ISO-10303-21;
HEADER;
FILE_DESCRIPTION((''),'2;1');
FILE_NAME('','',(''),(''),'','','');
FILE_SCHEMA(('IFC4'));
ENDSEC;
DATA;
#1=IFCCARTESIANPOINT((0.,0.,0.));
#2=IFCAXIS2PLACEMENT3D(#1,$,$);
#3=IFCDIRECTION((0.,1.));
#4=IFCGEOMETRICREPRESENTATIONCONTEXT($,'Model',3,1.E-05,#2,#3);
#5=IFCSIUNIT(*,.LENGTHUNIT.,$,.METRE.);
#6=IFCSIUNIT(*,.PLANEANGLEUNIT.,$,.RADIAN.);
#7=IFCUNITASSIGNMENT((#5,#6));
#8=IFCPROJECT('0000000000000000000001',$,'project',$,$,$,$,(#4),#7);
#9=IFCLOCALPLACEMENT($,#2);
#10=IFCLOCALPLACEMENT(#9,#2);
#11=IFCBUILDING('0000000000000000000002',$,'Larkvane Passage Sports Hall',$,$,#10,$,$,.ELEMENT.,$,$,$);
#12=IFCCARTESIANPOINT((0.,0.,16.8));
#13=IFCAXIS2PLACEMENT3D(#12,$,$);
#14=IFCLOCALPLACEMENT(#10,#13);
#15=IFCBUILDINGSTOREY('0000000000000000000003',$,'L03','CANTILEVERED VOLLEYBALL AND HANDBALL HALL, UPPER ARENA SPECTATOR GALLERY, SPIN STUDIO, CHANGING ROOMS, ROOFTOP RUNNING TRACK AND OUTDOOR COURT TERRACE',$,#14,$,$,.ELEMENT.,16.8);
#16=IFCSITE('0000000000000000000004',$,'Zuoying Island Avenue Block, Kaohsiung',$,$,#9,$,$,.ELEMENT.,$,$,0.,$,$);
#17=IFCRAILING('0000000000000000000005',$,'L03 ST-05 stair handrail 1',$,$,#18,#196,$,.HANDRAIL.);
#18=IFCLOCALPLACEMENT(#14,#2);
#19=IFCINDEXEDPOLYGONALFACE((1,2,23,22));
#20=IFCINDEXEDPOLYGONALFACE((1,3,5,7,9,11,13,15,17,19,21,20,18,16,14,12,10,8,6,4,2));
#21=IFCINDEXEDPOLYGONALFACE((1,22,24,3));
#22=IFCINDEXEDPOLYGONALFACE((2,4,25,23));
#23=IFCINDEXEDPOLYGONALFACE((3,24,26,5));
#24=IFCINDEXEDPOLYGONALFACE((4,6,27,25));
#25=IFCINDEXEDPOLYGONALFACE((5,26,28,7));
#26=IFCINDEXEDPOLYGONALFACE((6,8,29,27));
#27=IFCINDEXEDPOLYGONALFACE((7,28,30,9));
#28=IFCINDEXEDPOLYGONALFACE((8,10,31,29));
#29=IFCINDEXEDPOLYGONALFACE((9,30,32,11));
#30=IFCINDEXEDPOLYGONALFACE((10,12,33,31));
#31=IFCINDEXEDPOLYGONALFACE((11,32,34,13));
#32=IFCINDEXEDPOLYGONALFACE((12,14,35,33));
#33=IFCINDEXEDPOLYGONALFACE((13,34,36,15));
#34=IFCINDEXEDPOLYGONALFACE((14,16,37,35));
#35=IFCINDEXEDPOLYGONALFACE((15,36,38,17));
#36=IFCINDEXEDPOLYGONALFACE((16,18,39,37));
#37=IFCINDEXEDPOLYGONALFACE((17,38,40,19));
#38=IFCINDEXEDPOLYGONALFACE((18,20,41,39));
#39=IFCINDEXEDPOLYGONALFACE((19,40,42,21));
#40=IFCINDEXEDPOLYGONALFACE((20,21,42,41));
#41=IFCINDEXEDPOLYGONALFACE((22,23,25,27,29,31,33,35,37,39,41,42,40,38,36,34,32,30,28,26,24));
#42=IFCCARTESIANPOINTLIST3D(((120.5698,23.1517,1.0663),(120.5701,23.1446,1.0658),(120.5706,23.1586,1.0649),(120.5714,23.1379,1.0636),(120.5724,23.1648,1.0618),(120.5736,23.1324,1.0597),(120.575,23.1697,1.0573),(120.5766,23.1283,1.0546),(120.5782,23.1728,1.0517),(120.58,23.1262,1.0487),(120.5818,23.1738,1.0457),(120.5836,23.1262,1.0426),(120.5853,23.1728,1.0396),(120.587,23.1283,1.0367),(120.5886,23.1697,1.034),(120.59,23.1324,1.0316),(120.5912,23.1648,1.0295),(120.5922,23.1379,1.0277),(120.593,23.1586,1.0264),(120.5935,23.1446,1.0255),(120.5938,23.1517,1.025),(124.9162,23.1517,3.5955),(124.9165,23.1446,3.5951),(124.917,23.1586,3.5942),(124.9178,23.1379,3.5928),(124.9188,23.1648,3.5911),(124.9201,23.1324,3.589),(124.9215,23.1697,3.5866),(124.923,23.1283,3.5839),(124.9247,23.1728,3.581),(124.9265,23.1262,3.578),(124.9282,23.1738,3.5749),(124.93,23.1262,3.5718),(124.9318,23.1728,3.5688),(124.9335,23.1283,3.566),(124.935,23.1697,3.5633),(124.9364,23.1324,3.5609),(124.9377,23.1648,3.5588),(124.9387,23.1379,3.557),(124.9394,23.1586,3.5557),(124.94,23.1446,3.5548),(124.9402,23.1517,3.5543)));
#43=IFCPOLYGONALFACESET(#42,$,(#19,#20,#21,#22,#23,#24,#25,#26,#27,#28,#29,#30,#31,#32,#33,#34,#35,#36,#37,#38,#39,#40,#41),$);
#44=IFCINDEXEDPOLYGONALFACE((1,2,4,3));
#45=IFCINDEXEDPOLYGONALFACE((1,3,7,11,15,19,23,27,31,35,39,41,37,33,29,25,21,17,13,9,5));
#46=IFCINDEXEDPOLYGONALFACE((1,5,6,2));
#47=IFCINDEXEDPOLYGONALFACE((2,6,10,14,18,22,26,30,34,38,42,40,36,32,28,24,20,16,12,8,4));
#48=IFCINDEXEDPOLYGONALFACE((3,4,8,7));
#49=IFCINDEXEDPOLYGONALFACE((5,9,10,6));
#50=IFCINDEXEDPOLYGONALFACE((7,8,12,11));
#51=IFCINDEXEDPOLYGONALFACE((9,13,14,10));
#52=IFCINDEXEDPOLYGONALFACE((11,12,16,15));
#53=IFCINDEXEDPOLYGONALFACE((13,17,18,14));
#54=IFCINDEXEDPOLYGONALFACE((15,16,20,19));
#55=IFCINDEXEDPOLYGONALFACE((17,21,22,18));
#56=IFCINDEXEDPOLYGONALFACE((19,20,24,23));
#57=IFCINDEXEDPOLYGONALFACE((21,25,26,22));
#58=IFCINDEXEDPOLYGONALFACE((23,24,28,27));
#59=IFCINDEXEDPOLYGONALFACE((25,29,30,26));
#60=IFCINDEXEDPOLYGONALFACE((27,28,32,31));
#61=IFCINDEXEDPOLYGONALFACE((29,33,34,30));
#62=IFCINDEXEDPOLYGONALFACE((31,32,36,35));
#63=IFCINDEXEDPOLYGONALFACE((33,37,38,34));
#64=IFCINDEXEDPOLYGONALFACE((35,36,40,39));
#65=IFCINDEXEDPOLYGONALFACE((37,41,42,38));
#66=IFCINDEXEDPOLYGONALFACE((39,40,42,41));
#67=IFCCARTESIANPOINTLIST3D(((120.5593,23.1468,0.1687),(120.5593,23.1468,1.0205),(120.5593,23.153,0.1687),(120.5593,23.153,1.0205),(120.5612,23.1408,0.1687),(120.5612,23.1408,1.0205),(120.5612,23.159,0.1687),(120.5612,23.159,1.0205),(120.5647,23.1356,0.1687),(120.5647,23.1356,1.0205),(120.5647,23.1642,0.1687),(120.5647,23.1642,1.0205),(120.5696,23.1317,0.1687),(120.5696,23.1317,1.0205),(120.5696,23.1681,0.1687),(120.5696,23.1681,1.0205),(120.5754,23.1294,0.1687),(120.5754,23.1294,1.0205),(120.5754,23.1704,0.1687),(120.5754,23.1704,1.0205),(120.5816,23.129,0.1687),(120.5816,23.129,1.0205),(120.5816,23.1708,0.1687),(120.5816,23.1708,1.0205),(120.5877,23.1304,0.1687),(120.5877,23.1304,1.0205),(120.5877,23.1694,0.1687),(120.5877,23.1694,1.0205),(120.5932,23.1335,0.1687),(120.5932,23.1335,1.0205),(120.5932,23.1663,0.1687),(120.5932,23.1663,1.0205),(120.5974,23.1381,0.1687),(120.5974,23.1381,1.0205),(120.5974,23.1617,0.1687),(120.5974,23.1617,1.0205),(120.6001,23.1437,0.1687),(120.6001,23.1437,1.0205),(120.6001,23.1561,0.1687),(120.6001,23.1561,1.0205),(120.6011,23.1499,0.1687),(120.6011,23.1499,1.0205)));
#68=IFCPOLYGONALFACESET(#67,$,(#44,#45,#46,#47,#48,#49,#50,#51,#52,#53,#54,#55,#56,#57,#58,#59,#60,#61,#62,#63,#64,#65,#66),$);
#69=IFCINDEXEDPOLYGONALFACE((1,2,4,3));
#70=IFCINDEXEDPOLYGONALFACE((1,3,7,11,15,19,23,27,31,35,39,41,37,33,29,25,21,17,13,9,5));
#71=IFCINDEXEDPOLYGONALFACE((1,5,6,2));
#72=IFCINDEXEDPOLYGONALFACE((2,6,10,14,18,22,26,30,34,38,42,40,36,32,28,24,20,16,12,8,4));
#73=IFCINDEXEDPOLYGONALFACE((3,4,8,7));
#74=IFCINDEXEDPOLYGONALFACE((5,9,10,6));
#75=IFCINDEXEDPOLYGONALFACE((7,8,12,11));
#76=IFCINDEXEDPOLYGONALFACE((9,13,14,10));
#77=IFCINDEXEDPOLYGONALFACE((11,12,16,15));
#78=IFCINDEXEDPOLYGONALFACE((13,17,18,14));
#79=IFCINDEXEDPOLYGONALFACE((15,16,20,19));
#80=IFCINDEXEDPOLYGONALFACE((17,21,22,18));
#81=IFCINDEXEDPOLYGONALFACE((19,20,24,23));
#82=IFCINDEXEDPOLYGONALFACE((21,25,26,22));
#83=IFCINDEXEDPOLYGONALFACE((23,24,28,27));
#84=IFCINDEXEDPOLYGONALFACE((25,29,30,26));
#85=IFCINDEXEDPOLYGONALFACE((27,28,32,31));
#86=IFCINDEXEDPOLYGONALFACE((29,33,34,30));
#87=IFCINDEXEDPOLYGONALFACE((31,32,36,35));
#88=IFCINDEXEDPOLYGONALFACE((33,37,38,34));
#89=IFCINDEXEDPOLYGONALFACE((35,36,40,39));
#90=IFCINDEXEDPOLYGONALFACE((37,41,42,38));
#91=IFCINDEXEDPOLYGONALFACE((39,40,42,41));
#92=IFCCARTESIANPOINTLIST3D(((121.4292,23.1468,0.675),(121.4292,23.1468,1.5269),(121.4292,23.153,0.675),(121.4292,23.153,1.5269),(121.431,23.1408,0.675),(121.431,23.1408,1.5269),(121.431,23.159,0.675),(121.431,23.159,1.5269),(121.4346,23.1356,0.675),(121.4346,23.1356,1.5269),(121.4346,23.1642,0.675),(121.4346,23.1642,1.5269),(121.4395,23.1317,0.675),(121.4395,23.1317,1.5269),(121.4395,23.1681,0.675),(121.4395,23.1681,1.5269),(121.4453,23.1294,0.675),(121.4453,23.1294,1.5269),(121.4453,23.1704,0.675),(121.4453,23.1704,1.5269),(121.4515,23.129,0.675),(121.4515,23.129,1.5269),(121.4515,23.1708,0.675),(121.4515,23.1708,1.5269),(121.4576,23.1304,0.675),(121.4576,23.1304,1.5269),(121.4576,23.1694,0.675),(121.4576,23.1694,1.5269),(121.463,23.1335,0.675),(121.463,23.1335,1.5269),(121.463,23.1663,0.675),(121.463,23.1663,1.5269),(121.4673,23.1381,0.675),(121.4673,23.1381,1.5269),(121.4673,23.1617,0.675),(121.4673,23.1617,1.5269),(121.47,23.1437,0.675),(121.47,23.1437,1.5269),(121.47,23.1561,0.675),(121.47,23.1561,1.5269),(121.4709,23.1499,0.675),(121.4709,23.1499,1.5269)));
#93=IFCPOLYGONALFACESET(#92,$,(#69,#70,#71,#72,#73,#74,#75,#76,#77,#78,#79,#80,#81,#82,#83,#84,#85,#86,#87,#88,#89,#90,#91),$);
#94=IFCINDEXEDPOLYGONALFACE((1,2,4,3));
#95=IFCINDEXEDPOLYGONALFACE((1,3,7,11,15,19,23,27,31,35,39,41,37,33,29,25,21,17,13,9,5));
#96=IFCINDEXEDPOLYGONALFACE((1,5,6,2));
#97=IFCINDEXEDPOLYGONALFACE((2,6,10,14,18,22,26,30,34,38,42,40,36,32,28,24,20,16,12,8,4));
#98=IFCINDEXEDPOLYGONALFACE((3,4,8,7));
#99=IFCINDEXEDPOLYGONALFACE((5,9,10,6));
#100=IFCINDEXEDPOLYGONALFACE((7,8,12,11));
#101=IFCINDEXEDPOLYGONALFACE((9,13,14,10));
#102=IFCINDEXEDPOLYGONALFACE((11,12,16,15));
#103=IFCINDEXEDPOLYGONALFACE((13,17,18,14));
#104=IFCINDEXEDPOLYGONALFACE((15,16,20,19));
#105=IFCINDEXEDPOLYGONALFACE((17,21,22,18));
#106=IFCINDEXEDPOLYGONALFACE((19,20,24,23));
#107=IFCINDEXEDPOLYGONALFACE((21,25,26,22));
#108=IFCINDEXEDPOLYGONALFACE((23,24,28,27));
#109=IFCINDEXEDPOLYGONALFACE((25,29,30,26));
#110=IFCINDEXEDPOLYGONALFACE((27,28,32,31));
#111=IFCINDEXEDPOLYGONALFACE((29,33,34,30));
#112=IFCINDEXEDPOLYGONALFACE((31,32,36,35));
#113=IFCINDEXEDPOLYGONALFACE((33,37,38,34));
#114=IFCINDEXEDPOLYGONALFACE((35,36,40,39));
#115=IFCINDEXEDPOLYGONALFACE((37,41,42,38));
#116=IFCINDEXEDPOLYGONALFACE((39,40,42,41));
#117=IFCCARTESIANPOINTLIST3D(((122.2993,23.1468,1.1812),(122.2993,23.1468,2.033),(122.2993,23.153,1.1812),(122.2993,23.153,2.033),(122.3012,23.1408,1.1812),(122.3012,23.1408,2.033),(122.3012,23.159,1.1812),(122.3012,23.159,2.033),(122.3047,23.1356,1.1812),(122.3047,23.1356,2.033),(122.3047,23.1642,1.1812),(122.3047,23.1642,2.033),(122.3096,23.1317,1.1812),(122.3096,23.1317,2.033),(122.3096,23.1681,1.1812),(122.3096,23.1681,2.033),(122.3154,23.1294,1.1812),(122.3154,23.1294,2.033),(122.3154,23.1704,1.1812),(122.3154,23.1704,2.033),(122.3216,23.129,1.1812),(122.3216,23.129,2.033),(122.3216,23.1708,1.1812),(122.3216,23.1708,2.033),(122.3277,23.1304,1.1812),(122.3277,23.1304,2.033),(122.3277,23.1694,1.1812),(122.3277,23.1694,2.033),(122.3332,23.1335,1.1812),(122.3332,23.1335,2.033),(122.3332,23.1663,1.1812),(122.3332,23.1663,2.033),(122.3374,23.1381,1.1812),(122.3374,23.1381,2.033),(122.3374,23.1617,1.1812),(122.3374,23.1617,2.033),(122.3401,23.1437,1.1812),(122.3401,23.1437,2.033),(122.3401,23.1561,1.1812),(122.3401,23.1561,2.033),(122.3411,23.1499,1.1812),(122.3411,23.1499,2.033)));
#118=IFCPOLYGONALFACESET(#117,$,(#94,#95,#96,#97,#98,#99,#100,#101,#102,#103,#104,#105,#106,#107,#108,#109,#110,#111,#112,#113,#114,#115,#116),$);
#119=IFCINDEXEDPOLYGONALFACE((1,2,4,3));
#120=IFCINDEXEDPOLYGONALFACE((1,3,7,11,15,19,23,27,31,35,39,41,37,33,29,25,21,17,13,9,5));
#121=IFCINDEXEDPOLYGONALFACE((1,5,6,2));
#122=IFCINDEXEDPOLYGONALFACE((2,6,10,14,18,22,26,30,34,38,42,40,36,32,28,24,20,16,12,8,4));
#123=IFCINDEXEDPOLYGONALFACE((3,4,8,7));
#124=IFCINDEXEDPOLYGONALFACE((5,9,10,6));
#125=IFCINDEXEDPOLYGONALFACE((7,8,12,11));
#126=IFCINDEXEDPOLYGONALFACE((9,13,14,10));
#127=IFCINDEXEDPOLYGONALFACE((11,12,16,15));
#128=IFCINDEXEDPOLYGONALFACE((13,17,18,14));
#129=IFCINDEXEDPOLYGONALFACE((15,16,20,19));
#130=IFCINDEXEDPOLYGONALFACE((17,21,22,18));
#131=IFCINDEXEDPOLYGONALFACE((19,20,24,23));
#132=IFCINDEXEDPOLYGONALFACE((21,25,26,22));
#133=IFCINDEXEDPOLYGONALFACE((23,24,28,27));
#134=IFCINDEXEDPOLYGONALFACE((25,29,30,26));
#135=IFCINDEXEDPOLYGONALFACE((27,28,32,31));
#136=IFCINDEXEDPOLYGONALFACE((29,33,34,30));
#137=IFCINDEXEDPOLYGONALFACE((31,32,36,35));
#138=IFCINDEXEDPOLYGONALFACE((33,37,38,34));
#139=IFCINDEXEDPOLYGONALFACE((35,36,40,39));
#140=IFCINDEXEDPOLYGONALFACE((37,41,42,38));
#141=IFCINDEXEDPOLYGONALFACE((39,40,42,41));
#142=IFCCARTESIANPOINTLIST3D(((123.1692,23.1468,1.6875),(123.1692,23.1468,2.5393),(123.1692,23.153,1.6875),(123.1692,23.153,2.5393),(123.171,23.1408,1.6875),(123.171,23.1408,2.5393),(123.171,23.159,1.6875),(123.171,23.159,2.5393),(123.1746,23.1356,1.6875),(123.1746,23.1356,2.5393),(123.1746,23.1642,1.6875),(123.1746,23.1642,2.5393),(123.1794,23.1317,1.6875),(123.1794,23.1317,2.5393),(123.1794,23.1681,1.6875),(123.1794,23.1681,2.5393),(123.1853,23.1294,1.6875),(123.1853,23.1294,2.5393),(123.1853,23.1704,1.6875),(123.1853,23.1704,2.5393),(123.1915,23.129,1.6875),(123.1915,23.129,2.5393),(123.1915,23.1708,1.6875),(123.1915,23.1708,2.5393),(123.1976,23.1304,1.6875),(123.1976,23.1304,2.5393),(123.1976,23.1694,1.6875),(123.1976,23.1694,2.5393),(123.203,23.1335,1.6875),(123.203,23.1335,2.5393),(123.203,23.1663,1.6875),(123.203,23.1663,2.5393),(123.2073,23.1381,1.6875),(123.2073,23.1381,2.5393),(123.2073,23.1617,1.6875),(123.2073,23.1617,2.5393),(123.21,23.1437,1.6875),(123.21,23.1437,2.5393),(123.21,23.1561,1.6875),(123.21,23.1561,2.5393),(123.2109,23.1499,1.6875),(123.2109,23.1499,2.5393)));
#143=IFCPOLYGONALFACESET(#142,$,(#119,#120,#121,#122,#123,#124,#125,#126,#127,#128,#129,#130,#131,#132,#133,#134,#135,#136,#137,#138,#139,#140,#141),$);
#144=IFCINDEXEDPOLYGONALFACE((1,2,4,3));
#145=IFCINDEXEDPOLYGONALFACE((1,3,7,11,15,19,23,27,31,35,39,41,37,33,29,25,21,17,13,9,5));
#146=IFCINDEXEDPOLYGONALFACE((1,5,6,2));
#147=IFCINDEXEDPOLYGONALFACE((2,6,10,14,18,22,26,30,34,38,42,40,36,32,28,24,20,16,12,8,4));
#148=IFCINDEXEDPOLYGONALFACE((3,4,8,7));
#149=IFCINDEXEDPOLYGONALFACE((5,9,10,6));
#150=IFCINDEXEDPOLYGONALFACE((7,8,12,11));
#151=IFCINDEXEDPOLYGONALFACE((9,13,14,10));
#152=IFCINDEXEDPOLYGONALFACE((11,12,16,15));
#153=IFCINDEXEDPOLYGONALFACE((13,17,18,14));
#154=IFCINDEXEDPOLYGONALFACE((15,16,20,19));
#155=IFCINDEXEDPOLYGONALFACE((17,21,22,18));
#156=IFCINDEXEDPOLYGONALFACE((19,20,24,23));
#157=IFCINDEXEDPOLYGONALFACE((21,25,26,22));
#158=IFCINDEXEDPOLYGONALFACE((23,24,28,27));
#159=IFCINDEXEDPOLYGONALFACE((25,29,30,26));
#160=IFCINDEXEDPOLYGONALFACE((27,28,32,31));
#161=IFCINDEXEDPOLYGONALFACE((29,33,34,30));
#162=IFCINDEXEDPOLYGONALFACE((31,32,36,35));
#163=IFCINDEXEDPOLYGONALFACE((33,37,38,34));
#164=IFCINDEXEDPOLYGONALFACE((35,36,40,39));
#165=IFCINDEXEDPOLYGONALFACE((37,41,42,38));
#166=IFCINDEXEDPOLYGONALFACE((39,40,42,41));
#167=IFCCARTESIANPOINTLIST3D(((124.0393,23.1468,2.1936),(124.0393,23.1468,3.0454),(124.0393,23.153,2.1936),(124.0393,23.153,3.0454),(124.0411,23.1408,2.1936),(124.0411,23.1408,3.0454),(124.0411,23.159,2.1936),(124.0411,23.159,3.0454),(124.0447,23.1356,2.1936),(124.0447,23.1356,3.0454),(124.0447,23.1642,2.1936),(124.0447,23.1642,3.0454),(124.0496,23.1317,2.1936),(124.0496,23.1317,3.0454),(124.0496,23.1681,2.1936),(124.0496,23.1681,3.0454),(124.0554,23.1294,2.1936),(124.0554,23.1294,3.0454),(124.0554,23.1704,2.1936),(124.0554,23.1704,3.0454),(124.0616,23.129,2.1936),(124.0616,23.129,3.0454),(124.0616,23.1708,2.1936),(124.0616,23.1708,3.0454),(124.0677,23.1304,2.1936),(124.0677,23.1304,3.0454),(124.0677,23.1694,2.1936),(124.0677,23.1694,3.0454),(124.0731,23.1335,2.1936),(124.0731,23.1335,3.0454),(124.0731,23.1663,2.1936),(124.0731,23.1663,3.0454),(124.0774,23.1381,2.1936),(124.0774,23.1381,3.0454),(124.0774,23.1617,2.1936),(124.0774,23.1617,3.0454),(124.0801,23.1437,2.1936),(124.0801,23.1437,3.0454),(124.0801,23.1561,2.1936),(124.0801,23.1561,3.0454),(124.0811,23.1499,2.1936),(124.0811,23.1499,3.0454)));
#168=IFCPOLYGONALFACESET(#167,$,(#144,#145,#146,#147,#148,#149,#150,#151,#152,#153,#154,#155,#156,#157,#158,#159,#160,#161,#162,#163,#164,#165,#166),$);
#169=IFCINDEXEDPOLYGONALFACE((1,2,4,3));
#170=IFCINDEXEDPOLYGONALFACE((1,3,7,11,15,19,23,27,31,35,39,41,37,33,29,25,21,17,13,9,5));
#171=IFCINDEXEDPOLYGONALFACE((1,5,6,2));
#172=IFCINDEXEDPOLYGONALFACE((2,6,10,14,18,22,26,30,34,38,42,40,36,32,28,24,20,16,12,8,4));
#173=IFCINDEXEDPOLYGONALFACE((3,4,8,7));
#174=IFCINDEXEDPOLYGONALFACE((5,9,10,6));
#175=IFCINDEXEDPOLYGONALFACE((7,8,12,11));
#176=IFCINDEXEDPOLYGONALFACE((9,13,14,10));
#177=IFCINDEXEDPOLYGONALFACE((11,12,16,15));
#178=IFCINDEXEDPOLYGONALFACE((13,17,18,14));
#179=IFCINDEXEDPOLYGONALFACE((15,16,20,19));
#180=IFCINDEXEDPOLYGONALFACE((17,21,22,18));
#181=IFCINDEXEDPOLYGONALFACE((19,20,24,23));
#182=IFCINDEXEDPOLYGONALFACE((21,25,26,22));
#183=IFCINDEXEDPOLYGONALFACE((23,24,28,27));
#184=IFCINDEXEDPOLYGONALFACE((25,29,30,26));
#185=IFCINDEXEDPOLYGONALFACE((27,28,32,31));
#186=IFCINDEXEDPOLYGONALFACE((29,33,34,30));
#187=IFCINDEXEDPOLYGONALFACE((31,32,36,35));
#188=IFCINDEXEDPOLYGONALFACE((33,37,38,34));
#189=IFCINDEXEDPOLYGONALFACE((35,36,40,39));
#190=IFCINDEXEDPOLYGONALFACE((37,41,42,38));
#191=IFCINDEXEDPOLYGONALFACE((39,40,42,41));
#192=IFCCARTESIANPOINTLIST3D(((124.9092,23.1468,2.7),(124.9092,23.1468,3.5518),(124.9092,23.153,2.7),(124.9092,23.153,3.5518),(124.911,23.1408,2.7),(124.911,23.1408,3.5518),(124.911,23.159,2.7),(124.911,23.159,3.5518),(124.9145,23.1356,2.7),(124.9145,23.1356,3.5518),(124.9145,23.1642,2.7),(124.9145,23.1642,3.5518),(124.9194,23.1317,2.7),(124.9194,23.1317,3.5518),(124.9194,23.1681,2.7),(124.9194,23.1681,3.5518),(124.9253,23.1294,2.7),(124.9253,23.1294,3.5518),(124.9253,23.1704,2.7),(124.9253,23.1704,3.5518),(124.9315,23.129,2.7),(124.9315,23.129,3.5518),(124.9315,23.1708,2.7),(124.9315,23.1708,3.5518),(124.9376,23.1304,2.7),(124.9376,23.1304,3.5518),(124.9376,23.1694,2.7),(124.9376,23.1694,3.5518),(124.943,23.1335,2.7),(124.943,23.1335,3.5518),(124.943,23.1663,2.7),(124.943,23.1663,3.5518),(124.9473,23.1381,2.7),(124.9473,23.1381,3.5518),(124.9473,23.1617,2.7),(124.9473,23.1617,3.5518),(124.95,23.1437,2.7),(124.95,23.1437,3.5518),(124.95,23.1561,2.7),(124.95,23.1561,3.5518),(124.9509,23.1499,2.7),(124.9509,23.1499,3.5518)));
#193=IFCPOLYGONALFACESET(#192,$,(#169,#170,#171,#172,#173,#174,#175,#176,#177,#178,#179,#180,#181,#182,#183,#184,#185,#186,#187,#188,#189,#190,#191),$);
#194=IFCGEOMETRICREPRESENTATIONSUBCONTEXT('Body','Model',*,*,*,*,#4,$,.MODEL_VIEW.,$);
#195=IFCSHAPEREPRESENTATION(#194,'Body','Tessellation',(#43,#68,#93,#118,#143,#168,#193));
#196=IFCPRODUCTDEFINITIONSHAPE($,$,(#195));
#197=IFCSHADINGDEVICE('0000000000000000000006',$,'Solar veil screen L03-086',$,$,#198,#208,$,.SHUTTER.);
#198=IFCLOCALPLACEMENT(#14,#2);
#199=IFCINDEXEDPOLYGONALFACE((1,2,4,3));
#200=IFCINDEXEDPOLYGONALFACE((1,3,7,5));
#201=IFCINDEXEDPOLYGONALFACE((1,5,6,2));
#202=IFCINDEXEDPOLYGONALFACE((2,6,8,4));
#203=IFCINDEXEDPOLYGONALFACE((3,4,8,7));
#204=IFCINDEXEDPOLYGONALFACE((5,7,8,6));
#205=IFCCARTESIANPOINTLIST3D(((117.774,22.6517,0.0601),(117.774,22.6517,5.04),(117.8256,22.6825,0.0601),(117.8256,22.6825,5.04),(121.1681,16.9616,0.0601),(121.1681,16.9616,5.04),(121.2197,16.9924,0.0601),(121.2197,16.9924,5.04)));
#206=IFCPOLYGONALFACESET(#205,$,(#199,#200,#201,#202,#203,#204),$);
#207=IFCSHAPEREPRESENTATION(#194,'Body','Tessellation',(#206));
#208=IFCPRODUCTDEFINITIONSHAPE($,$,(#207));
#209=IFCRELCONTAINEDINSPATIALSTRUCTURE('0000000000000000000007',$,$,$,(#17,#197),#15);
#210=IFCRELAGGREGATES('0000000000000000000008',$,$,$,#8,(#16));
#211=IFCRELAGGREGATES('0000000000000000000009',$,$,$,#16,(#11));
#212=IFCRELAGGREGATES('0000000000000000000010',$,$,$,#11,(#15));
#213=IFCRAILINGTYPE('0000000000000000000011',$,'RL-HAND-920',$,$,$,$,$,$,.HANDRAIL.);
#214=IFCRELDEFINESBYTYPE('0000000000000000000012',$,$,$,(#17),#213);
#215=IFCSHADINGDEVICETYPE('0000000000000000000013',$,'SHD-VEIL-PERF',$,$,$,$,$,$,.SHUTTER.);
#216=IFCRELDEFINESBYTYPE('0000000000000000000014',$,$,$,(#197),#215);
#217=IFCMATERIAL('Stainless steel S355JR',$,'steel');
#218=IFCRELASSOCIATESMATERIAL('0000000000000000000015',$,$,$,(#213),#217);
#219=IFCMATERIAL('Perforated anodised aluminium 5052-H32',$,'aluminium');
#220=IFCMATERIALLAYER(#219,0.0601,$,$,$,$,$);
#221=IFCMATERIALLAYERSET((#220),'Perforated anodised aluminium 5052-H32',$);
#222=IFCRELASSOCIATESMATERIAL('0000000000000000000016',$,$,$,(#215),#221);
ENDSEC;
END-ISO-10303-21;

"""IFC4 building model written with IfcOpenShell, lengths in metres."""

from ifc_helpers import new_model, si_unit, direction, frame, origin, origin_2d, place, context, subcontext, project, spatial, rectangle, circle, extrude, material, layer, layer_set, type_object, element, save


model = new_model("IFC4")

# Units and contexts
model_context = context("Model", 3, precision=1e-05, world=origin(), true_north=direction((0.0, 1.0)))
body_context = subcontext(model_context, "Body", "Model", "MODEL_VIEW")
ifc_project = project(units=[si_unit("LENGTHUNIT", "METRE"), si_unit("PLANEANGLEUNIT", "RADIAN")], contexts=[model_context])

# Site, building, storey
site_placement = place(None, origin())
site = spatial("IfcSite", under=ifc_project, at=site_placement, Name="Zuoying Island Avenue Block, Kaohsiung", CompositionType="ELEMENT", RefElevation=0.0)
building_placement = place(site_placement, origin())
building = spatial("IfcBuilding", under=site, at=building_placement, Name="Larkvane Passage Sports Hall", CompositionType="ELEMENT")
storey_placement = place(building_placement, frame((0.0, 0.0, 16.8)))
storey = spatial("IfcBuildingStorey", under=building, at=storey_placement, Name="L03", Description="CANTILEVERED VOLLEYBALL AND HANDBALL HALL, UPPER ARENA SPECTATOR GALLERY, SPIN STUDIO, CHANGING ROOMS, ROOFTOP RUNNING TRACK AND OUTDOOR COURT TERRACE", CompositionType="ELEMENT", Elevation=16.8)

# Railing
ifc_material_1 = material(Name="Stainless steel S355JR", Category="steel")
railing_type_1 = type_object("IfcRailingType", Name="RL-HAND-920", PredefinedType="HANDRAIL", material=ifc_material_1)
railing_1_placement = place(storey_placement, frame((120.5801, 23.1499, 0.1687)))
element("IfcRailing", 1, at=railing_1_placement, inside=storey, type_object=railing_type_1, Name="L03 ST-05 stair handrail 1", PredefinedType="HANDRAIL", context=body_context, shape_type="SweptSolid", body=[
    extrude(circle(Radius=0.0239, at=origin_2d()), frame((0.0017, 0.0, 0.877), z_axis=(0.864312, 0.0, 0.502957), x_axis=(0.0, 1.0, 0.0)), (0.0, 0.0, 1.0), 5.0288),
    extrude(circle(Radius=0.021, at=origin_2d()), origin(), (0.0, 0.0, 1.0), 0.8518),
    extrude(circle(Radius=0.021, at=origin_2d()), frame((0.8699, 0.0, 0.5063)), (0.0, 0.0, 1.0), 0.8518),
    extrude(circle(Radius=0.021, at=origin_2d()), frame((1.74, 0.0, 1.0125)), (0.0, 0.0, 1.0), 0.8518),
    extrude(circle(Radius=0.021, at=origin_2d()), frame((2.6099, 0.0, 1.5188)), (0.0, 0.0, 1.0), 0.8518),
    extrude(circle(Radius=0.021, at=origin_2d()), frame((3.48, 0.0, 2.0249)), (0.0, 0.0, 1.0), 0.8518),
    extrude(circle(Radius=0.021, at=origin_2d()), frame((4.3499, 0.0, 2.5312)), (0.0, 0.0, 1.0), 0.8518),
])

# Shading device
ifc_material_2 = material(Name="Perforated anodised aluminium 5052-H32", Category="aluminium")
ifc_layer_1 = layer(ifc_material_2, 0.0601)
ifc_layer_set_1 = layer_set([ifc_layer_1], Name="Perforated anodised aluminium 5052-H32")
shading_device_type = type_object("IfcShadingDeviceType", Name="SHD-VEIL-PERF", PredefinedType="SHUTTER", material=ifc_layer_set_1)
shading_device_placement = place(storey_placement, frame((119.4968, 19.822, 0.0601), z_axis=(0.0, 0.0, 1.0), x_axis=(-0.512278, 0.85882, 0.0)))
element("IfcShadingDevice", 2, at=shading_device_placement, inside=storey, type_object=shading_device_type, Name="Solar veil screen L03-086", PredefinedType="SHUTTER", context=body_context, shape_type="SweptSolid", body=[
    extrude(rectangle(XDim=6.6255, YDim=0.0601, at=origin_2d()), origin(), (0.0, 0.0, 1.0), 4.98),
])

save(model, "model.ifc")
